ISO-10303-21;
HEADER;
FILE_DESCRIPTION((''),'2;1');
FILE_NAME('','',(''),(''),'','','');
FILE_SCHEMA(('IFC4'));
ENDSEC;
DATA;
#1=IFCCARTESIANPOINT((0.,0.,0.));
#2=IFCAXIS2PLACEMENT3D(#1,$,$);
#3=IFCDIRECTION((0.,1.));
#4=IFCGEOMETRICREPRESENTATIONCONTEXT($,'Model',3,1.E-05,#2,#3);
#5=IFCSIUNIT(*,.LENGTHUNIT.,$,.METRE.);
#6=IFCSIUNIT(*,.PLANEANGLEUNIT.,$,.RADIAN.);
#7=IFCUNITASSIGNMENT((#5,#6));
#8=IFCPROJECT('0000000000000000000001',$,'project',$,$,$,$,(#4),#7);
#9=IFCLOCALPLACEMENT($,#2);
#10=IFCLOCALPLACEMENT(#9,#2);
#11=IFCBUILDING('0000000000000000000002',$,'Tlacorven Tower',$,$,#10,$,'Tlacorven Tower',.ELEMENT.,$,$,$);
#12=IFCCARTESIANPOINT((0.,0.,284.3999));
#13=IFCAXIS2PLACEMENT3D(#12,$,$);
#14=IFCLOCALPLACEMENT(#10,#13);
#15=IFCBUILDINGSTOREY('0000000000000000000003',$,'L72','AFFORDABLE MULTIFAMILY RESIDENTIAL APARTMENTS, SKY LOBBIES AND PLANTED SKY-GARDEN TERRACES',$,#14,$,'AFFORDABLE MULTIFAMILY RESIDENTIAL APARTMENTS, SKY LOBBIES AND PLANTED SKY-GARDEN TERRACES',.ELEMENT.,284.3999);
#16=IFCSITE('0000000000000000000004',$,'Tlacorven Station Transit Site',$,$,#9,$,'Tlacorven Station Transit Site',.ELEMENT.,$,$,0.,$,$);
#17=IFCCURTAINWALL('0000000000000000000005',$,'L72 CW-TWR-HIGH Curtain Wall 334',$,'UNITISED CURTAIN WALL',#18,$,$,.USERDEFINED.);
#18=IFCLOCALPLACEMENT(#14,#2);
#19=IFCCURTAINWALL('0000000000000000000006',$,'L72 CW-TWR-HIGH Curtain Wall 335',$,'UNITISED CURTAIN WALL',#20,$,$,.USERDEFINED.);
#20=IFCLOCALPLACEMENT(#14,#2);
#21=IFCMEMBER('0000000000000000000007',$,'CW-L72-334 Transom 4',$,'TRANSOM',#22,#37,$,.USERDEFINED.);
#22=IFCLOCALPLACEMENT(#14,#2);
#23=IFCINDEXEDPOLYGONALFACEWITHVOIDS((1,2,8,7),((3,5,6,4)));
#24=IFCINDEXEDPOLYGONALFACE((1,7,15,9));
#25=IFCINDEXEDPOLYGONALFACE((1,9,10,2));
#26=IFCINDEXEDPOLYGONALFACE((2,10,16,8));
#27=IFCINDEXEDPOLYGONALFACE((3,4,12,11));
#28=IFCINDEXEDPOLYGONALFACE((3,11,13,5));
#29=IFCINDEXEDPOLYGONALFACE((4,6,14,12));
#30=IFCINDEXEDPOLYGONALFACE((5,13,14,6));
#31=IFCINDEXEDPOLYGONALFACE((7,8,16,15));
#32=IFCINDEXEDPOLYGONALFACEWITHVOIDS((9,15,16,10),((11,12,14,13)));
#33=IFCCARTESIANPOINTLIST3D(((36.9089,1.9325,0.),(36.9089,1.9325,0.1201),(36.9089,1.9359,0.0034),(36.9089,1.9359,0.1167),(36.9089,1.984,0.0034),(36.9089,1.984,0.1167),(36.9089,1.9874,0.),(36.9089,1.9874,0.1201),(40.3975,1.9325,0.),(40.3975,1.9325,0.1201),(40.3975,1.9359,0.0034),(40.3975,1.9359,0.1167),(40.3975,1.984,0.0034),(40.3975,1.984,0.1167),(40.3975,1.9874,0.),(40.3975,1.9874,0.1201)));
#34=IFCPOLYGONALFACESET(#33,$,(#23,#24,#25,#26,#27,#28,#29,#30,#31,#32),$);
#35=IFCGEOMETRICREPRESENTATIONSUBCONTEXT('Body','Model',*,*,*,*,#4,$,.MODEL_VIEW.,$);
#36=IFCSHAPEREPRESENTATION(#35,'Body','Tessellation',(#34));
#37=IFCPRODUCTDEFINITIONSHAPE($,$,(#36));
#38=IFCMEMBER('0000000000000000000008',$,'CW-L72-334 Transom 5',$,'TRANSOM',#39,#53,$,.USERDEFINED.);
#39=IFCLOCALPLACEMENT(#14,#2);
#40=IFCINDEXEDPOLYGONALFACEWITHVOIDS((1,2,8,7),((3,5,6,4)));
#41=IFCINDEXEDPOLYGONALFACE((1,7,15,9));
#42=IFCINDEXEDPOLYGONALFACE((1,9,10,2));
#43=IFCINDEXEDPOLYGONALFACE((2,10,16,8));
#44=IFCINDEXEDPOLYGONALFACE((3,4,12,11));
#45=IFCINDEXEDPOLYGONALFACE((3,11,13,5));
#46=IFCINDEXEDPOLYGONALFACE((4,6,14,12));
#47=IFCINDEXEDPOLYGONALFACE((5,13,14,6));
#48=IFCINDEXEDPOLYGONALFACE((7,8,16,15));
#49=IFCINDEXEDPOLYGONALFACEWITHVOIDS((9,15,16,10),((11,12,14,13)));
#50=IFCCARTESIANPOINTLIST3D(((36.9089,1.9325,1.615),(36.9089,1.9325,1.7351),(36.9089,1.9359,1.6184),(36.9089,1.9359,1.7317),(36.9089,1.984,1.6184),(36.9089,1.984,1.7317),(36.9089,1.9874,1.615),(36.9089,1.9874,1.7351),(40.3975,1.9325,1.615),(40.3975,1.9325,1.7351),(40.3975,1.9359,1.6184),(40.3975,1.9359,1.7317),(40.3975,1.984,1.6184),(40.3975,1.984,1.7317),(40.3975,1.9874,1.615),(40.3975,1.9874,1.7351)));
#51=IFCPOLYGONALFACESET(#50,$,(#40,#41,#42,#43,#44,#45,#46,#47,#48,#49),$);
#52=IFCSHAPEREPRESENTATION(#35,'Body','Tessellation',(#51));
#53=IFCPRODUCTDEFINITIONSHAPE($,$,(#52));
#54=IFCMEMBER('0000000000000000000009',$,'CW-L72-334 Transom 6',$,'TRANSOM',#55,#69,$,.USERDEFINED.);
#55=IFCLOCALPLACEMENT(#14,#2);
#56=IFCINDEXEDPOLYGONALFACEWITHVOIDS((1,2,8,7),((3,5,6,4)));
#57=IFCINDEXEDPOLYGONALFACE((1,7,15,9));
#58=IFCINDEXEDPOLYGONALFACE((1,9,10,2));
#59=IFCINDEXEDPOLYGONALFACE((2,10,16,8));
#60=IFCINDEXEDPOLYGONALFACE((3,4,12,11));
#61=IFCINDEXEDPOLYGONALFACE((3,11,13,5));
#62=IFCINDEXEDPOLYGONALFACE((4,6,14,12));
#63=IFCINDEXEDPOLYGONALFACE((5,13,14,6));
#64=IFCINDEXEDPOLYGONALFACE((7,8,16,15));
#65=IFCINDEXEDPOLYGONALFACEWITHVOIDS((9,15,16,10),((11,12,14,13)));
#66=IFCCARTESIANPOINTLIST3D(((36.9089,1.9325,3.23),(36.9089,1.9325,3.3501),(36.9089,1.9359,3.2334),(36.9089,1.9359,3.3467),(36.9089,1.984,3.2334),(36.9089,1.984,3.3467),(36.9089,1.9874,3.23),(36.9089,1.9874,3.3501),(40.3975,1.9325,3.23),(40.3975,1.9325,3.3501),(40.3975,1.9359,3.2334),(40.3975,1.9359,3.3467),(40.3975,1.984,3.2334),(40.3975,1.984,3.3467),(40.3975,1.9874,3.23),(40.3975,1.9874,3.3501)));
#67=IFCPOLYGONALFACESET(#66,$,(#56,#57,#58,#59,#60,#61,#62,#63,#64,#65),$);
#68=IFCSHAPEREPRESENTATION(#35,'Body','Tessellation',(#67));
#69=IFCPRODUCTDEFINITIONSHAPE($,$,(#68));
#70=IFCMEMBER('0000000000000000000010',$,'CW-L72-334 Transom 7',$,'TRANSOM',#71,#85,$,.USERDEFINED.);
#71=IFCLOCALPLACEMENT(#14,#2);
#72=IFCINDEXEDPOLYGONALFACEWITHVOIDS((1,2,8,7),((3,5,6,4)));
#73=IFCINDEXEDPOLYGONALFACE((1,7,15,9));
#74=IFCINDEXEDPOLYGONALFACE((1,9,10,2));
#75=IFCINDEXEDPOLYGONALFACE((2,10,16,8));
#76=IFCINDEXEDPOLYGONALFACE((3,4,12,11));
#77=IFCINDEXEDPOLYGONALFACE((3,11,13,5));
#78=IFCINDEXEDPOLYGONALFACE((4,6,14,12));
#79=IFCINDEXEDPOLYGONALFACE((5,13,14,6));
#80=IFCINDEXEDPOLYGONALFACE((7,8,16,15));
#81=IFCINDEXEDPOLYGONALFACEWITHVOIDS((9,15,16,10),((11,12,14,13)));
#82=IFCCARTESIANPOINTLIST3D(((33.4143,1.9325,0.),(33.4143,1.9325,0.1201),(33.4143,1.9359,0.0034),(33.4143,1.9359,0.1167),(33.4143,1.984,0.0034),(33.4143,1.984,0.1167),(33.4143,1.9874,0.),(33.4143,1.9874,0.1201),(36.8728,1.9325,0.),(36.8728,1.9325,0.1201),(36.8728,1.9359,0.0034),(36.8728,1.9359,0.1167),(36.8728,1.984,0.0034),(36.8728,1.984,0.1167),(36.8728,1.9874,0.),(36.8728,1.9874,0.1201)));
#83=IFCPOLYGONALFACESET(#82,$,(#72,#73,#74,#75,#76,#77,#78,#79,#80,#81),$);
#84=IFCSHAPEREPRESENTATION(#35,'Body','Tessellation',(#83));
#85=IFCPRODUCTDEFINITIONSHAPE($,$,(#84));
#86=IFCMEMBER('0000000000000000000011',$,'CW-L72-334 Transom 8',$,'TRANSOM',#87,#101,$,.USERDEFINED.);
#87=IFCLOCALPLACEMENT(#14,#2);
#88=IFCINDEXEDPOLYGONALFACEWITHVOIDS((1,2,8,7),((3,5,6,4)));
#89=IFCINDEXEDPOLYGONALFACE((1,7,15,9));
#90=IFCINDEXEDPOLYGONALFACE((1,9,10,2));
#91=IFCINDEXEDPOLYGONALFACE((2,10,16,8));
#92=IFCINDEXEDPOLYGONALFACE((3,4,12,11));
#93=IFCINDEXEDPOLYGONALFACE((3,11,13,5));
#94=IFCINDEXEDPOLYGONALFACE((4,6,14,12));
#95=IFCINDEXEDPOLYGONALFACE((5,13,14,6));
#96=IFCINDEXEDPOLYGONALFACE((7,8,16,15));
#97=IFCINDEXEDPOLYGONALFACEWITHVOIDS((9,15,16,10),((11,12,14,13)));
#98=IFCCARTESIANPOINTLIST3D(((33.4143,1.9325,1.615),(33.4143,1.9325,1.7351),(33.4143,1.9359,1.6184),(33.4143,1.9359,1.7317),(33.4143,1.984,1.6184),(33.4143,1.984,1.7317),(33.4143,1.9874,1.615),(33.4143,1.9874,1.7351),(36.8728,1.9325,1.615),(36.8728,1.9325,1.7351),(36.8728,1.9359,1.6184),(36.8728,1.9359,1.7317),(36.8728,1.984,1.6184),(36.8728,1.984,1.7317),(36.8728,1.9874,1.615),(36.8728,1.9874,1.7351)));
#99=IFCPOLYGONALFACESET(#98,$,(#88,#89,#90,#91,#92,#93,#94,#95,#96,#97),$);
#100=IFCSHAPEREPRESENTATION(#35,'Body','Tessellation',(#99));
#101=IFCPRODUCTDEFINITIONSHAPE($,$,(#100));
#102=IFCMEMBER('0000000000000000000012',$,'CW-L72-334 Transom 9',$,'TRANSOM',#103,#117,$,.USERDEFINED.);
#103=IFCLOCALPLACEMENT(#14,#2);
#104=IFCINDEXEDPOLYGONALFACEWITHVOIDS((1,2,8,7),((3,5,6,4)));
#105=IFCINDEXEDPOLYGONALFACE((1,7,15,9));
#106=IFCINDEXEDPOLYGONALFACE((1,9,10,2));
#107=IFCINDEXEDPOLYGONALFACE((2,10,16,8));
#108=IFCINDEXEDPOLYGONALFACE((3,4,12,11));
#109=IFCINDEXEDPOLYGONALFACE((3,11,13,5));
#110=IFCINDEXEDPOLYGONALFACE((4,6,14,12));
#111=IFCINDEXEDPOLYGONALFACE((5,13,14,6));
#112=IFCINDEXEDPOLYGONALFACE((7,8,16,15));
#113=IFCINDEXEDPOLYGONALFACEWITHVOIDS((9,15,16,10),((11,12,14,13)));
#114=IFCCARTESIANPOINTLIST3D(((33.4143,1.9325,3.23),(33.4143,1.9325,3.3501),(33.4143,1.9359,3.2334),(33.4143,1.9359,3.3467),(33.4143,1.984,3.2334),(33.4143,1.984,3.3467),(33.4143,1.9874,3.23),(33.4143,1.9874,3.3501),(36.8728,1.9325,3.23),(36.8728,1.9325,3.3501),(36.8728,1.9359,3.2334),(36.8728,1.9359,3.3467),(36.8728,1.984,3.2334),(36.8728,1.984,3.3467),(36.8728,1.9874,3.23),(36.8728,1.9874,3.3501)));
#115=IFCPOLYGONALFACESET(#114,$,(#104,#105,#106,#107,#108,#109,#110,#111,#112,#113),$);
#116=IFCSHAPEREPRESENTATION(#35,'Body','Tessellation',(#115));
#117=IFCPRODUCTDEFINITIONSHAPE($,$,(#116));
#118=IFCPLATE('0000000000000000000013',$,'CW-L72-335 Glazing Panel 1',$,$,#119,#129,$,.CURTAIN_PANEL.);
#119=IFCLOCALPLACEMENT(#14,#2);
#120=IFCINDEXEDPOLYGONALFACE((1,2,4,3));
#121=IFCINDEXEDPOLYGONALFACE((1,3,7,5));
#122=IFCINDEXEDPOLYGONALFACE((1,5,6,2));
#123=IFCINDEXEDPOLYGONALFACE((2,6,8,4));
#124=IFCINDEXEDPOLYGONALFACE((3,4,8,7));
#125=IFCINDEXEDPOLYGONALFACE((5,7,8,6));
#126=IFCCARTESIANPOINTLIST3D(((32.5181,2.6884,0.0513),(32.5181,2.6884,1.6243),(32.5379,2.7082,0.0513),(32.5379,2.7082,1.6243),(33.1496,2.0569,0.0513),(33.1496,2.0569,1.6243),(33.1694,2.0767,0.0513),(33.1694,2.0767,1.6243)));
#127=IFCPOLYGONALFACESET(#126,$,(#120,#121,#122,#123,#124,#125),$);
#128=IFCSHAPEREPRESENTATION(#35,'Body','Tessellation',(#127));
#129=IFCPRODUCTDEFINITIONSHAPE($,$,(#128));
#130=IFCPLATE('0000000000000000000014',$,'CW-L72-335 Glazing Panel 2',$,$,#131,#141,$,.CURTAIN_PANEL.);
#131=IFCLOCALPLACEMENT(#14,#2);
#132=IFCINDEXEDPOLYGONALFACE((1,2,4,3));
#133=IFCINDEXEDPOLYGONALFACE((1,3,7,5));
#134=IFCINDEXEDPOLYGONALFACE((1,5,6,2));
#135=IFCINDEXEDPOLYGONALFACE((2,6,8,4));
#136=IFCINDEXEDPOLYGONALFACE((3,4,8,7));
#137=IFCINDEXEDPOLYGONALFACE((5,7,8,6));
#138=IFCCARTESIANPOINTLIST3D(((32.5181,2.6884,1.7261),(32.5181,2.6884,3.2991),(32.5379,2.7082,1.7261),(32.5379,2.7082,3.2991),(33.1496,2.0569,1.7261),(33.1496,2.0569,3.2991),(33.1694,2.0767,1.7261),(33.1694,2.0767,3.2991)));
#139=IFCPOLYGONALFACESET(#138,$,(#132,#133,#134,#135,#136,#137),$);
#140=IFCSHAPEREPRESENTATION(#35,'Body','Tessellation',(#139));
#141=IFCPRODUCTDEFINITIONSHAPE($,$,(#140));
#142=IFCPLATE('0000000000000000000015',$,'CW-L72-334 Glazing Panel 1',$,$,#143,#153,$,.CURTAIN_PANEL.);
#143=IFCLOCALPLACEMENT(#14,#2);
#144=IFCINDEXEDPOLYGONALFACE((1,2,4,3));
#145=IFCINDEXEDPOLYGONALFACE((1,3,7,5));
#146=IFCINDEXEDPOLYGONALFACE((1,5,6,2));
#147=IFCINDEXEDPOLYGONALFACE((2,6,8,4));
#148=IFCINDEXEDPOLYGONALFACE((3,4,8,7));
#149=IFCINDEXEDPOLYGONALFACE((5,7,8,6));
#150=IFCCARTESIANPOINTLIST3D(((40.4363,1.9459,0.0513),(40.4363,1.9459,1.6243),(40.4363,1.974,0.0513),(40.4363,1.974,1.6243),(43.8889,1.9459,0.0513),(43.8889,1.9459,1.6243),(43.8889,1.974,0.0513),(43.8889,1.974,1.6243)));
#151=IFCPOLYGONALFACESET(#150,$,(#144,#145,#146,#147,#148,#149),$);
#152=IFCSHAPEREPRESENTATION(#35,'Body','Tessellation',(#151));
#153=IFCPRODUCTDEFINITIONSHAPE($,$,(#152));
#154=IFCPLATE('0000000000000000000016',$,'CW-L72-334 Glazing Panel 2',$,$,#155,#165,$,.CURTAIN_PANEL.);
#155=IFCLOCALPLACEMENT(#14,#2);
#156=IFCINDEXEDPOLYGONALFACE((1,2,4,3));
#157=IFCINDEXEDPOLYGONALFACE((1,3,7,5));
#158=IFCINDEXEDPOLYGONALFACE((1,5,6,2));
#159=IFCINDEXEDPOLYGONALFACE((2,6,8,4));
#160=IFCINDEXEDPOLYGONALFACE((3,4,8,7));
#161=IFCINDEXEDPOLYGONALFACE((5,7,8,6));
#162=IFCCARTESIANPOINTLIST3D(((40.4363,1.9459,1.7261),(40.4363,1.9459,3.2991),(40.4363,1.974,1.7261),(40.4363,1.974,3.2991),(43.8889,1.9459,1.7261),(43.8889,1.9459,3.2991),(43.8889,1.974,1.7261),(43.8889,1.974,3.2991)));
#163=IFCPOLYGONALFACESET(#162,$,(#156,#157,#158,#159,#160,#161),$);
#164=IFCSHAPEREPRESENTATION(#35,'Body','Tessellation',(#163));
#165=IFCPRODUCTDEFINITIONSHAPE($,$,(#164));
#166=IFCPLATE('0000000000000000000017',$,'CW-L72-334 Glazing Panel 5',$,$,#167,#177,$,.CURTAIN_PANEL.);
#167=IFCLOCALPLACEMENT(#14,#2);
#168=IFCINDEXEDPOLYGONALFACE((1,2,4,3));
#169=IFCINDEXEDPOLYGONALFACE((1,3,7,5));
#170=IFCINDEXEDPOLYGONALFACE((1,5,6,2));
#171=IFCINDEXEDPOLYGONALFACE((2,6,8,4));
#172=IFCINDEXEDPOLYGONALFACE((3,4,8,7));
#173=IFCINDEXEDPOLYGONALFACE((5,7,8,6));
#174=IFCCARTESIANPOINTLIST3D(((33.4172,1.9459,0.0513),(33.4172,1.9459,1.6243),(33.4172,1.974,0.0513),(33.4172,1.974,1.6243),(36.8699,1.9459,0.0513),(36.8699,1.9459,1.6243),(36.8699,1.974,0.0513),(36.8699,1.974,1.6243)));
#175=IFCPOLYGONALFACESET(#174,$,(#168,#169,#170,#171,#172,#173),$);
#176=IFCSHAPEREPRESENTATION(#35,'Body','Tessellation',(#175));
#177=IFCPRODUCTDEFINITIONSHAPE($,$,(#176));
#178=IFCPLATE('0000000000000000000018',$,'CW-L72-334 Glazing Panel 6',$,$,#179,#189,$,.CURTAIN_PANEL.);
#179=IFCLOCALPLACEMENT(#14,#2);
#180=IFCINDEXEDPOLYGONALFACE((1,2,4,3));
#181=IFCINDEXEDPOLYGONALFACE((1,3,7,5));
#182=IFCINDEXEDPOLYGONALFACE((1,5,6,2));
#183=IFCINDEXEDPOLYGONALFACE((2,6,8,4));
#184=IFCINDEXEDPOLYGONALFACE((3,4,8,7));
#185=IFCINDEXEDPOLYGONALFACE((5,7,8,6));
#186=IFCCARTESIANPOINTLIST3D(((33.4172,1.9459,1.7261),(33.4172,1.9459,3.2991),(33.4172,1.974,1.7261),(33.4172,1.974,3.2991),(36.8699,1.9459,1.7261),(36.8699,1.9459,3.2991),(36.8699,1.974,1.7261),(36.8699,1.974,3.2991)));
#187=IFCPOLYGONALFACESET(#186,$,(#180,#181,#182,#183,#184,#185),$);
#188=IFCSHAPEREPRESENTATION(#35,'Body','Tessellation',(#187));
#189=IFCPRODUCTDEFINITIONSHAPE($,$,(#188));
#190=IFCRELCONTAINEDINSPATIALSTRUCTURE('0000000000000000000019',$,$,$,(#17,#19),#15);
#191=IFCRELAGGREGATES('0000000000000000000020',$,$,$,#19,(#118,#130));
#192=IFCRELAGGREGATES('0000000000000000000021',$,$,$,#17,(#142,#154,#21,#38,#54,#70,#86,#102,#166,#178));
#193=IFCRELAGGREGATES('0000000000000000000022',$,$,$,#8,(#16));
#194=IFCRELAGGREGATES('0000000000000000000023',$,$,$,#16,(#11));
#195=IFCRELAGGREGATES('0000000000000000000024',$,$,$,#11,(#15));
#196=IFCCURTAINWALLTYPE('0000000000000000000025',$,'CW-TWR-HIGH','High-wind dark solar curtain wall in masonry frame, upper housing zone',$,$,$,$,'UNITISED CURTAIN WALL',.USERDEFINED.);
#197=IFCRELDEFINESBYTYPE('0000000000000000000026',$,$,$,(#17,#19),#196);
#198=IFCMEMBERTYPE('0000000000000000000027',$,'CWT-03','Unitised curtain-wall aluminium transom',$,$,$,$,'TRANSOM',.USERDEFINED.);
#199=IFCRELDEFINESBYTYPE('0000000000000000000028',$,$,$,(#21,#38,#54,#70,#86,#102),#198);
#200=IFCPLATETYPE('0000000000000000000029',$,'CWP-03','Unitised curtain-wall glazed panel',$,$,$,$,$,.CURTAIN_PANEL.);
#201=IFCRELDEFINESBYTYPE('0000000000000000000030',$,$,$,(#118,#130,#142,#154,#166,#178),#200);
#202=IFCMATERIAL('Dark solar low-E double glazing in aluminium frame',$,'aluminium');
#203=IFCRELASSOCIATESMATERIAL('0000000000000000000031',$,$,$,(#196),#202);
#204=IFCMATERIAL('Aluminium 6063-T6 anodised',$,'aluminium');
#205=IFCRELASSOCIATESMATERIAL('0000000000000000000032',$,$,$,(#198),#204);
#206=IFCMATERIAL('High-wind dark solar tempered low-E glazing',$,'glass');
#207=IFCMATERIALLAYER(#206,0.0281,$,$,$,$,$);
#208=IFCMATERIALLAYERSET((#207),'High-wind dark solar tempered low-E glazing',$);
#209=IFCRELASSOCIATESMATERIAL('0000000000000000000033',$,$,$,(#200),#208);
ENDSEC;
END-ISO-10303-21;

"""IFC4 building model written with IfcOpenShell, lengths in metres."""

from ifc_helpers import new_model, si_unit, direction, frame, origin, origin_2d, place, context, subcontext, project, spatial, rectangle, hollow_rectangle, extrude, source, transform, mapped, material, layer, layer_set, material_profile, profile_set, type_object, element, aggregate, save


model = new_model("IFC4")

# Units and contexts
model_context = context("Model", 3, precision=1e-05, world=origin(), true_north=direction((0.0, 1.0)))
body_context = subcontext(model_context, "Body", "Model", "MODEL_VIEW")
ifc_project = project(units=[si_unit("LENGTHUNIT", "METRE"), si_unit("PLANEANGLEUNIT", "RADIAN")], contexts=[model_context])

# Site, building, storey
site_placement = place(None, origin())
site = spatial("IfcSite", under=ifc_project, at=site_placement, Name="Tlacorven Station Transit Site", LongName="Tlacorven Station Transit Site", CompositionType="ELEMENT", RefElevation=0.0)
building_placement = place(site_placement, origin())
building = spatial("IfcBuilding", under=site, at=building_placement, Name="Tlacorven Tower", LongName="Tlacorven Tower", CompositionType="ELEMENT")
storey_placement = place(building_placement, frame((0.0, 0.0, 284.3999)))
storey = spatial("IfcBuildingStorey", under=building, at=storey_placement, Name="L72", Description="AFFORDABLE MULTIFAMILY RESIDENTIAL APARTMENTS, SKY LOBBIES AND PLANTED SKY-GARDEN TERRACES", LongName="AFFORDABLE MULTIFAMILY RESIDENTIAL APARTMENTS, SKY LOBBIES AND PLANTED SKY-GARDEN TERRACES", CompositionType="ELEMENT", Elevation=284.3999)

# Curtain walls
ifc_material_1 = material(Name="Dark solar low-E double glazing in aluminium frame", Category="aluminium")
curtain_wall_type = type_object("IfcCurtainWallType", Name="CW-TWR-HIGH", Description="High-wind dark solar curtain wall in masonry frame, upper housing zone", ElementType="UNITISED CURTAIN WALL", PredefinedType="USERDEFINED", material=ifc_material_1)
curtain_wall_1_placement = place(storey_placement, origin())
curtain_wall_1 = element("IfcCurtainWall", 1, at=curtain_wall_1_placement, inside=storey, type_object=curtain_wall_type, Name="L72 CW-TWR-HIGH Curtain Wall 334", ObjectType="UNITISED CURTAIN WALL", PredefinedType="USERDEFINED")
ifc_material_2 = material(Name="Aluminium 6063-T6 anodised", Category="aluminium")
curtain_wall_2_placement = place(storey_placement, origin())
curtain_wall_2 = element("IfcCurtainWall", 2, at=curtain_wall_2_placement, inside=storey, type_object=curtain_wall_type, Name="L72 CW-TWR-HIGH Curtain Wall 335", ObjectType="UNITISED CURTAIN WALL", PredefinedType="USERDEFINED")
ifc_material_profile_1 = material_profile(ifc_material_2, hollow_rectangle(XDim=0.0549, YDim=0.1201, WallThickness=0.0034, at=origin_2d()), Name="ALU TRANSOM 55X120")
ifc_profile_set_1 = profile_set([ifc_material_profile_1], Name="Aluminium 6063-T6 anodised")
member_type_1 = type_object("IfcMemberType", Name="CWT-03", Description="Unitised curtain-wall aluminium transom", ElementType="TRANSOM", PredefinedType="USERDEFINED", material=ifc_profile_set_1)

# Members
shared_shape_1 = source(origin(), body_context, "Body", "SweptSolid", [
    extrude(hollow_rectangle(XDim=0.0549, YDim=0.1201, WallThickness=0.0034, at=origin_2d()), origin(), (0.0, 0.0, 1.0), 3.4885),
])
member_1_placement = place(storey_placement, frame((40.3975, 1.96, 0.0601), z_axis=(-1.0, 0.0, 0.0), x_axis=(0.0, -1.0, 0.0)))
member_1 = element("IfcMember", 3, at=member_1_placement, type_object=member_type_1, Name="CW-L72-334 Transom 4", ObjectType="TRANSOM", PredefinedType="USERDEFINED", context=body_context, shape_type="MappedRepresentation", body=[
    mapped(shared_shape_1, transform((0.0, 0.0, 0.0), scale=1.0)),
])
member_2_placement = place(storey_placement, frame((40.3975, 1.96, 1.675), z_axis=(-1.0, 0.0, 0.0), x_axis=(0.0, -1.0, 0.0)))
member_2 = element("IfcMember", 4, at=member_2_placement, type_object=member_type_1, Name="CW-L72-334 Transom 5", ObjectType="TRANSOM", PredefinedType="USERDEFINED", context=body_context, shape_type="MappedRepresentation", body=[
    mapped(shared_shape_1, transform((0.0, 0.0, 0.0), scale=1.0)),
])
member_3_placement = place(storey_placement, frame((40.3975, 1.96, 3.29), z_axis=(-1.0, 0.0, 0.0), x_axis=(0.0, -1.0, 0.0)))
member_3 = element("IfcMember", 5, at=member_3_placement, type_object=member_type_1, Name="CW-L72-334 Transom 6", ObjectType="TRANSOM", PredefinedType="USERDEFINED", context=body_context, shape_type="MappedRepresentation", body=[
    mapped(shared_shape_1, transform((0.0, 0.0, 0.0), scale=1.0)),
])
shared_shape_2 = source(origin(), body_context, "Body", "SweptSolid", [
    extrude(hollow_rectangle(XDim=0.0549, YDim=0.1201, WallThickness=0.0034, at=origin_2d()), origin(), (0.0, 0.0, 1.0), 3.4585),
])
member_4_placement = place(storey_placement, frame((36.8728, 1.96, 0.0601), z_axis=(-1.0, 0.0, 0.0), x_axis=(0.0, -1.0, 0.0)))
member_4 = element("IfcMember", 6, at=member_4_placement, type_object=member_type_1, Name="CW-L72-334 Transom 7", ObjectType="TRANSOM", PredefinedType="USERDEFINED", context=body_context, shape_type="MappedRepresentation", body=[
    mapped(shared_shape_2, transform((0.0, 0.0, 0.0), scale=1.0)),
])
member_5_placement = place(storey_placement, frame((36.8728, 1.96, 1.675), z_axis=(-1.0, 0.0, 0.0), x_axis=(0.0, -1.0, 0.0)))
member_5 = element("IfcMember", 7, at=member_5_placement, type_object=member_type_1, Name="CW-L72-334 Transom 8", ObjectType="TRANSOM", PredefinedType="USERDEFINED", context=body_context, shape_type="MappedRepresentation", body=[
    mapped(shared_shape_2, transform((0.0, 0.0, 0.0), scale=1.0)),
])
member_6_placement = place(storey_placement, frame((36.8728, 1.96, 3.29), z_axis=(-1.0, 0.0, 0.0), x_axis=(0.0, -1.0, 0.0)))
member_6 = element("IfcMember", 8, at=member_6_placement, type_object=member_type_1, Name="CW-L72-334 Transom 9", ObjectType="TRANSOM", PredefinedType="USERDEFINED", context=body_context, shape_type="MappedRepresentation", body=[
    mapped(shared_shape_2, transform((0.0, 0.0, 0.0), scale=1.0)),
])

# Plates
ifc_material_3 = material(Name="High-wind dark solar tempered low-E glazing", Category="glass")
ifc_layer_1 = layer(ifc_material_3, 0.0281)
ifc_layer_set_1 = layer_set([ifc_layer_1], Name="High-wind dark solar tempered low-E glazing")
plate_type = type_object("IfcPlateType", Name="CWP-03", Description="Unitised curtain-wall glazed panel", PredefinedType="CURTAIN_PANEL", material=ifc_layer_set_1)
shared_shape_3 = source(origin(), body_context, "Body", "SweptSolid", [
    extrude(rectangle(XDim=0.8931, YDim=0.0281, at=origin_2d()), origin(), (0.0, 0.0, 1.0), 1.573),
])
plate_1_placement = place(storey_placement, frame((32.8438, 2.3826, 0.0513), z_axis=(0.0, 0.0, 1.0), x_axis=(-0.707107, 0.707107, 0.0)))
plate_1 = element("IfcPlate", 9, at=plate_1_placement, type_object=plate_type, Name="CW-L72-335 Glazing Panel 1", PredefinedType="CURTAIN_PANEL", context=body_context, shape_type="MappedRepresentation", body=[
    mapped(shared_shape_3, transform((0.0, 0.0, 0.0), scale=1.0)),
])
plate_2_placement = place(storey_placement, frame((32.8438, 2.3826, 1.7261), z_axis=(0.0, 0.0, 1.0), x_axis=(-0.707107, 0.707107, 0.0)))
plate_2 = element("IfcPlate", 10, at=plate_2_placement, type_object=plate_type, Name="CW-L72-335 Glazing Panel 2", PredefinedType="CURTAIN_PANEL", context=body_context, shape_type="MappedRepresentation", body=[
    mapped(shared_shape_3, transform((0.0, 0.0, 0.0), scale=1.0)),
])
aggregate(curtain_wall_2, [plate_1, plate_2])
shared_shape_4 = source(origin(), body_context, "Body", "SweptSolid", [
    extrude(rectangle(XDim=3.4526, YDim=0.0281, at=origin_2d()), origin(), (0.0, 0.0, 1.0), 1.573),
])
plate_3_placement = place(storey_placement, frame((42.1626, 1.96, 0.0513), z_axis=(0.0, 0.0, 1.0), x_axis=(-1.0, 0.0, 0.0)))
plate_3 = element("IfcPlate", 11, at=plate_3_placement, type_object=plate_type, Name="CW-L72-334 Glazing Panel 1", PredefinedType="CURTAIN_PANEL", context=body_context, shape_type="MappedRepresentation", body=[
    mapped(shared_shape_4, transform((0.0, 0.0, 0.0), scale=1.0)),
])
plate_4_placement = place(storey_placement, frame((42.1626, 1.96, 1.7261), z_axis=(0.0, 0.0, 1.0), x_axis=(-1.0, 0.0, 0.0)))
plate_4 = element("IfcPlate", 12, at=plate_4_placement, type_object=plate_type, Name="CW-L72-334 Glazing Panel 2", PredefinedType="CURTAIN_PANEL", context=body_context, shape_type="MappedRepresentation", body=[
    mapped(shared_shape_4, transform((0.0, 0.0, 0.0), scale=1.0)),
])
plate_5_placement = place(storey_placement, frame((35.1436, 1.96, 0.0513), z_axis=(0.0, 0.0, 1.0), x_axis=(-1.0, 0.0, 0.0)))
plate_5 = element("IfcPlate", 13, at=plate_5_placement, type_object=plate_type, Name="CW-L72-334 Glazing Panel 5", PredefinedType="CURTAIN_PANEL", context=body_context, shape_type="MappedRepresentation", body=[
    mapped(shared_shape_4, transform((0.0, 0.0, 0.0), scale=1.0)),
])
plate_6_placement = place(storey_placement, frame((35.1436, 1.96, 1.7261), z_axis=(0.0, 0.0, 1.0), x_axis=(-1.0, 0.0, 0.0)))
plate_6 = element("IfcPlate", 14, at=plate_6_placement, type_object=plate_type, Name="CW-L72-334 Glazing Panel 6", PredefinedType="CURTAIN_PANEL", context=body_context, shape_type="MappedRepresentation", body=[
    mapped(shared_shape_4, transform((0.0, 0.0, 0.0), scale=1.0)),
])
aggregate(curtain_wall_1, [plate_3, plate_4, member_1, member_2, member_3, member_4, member_5, member_6, plate_5, plate_6])

save(model, "model.ifc")
